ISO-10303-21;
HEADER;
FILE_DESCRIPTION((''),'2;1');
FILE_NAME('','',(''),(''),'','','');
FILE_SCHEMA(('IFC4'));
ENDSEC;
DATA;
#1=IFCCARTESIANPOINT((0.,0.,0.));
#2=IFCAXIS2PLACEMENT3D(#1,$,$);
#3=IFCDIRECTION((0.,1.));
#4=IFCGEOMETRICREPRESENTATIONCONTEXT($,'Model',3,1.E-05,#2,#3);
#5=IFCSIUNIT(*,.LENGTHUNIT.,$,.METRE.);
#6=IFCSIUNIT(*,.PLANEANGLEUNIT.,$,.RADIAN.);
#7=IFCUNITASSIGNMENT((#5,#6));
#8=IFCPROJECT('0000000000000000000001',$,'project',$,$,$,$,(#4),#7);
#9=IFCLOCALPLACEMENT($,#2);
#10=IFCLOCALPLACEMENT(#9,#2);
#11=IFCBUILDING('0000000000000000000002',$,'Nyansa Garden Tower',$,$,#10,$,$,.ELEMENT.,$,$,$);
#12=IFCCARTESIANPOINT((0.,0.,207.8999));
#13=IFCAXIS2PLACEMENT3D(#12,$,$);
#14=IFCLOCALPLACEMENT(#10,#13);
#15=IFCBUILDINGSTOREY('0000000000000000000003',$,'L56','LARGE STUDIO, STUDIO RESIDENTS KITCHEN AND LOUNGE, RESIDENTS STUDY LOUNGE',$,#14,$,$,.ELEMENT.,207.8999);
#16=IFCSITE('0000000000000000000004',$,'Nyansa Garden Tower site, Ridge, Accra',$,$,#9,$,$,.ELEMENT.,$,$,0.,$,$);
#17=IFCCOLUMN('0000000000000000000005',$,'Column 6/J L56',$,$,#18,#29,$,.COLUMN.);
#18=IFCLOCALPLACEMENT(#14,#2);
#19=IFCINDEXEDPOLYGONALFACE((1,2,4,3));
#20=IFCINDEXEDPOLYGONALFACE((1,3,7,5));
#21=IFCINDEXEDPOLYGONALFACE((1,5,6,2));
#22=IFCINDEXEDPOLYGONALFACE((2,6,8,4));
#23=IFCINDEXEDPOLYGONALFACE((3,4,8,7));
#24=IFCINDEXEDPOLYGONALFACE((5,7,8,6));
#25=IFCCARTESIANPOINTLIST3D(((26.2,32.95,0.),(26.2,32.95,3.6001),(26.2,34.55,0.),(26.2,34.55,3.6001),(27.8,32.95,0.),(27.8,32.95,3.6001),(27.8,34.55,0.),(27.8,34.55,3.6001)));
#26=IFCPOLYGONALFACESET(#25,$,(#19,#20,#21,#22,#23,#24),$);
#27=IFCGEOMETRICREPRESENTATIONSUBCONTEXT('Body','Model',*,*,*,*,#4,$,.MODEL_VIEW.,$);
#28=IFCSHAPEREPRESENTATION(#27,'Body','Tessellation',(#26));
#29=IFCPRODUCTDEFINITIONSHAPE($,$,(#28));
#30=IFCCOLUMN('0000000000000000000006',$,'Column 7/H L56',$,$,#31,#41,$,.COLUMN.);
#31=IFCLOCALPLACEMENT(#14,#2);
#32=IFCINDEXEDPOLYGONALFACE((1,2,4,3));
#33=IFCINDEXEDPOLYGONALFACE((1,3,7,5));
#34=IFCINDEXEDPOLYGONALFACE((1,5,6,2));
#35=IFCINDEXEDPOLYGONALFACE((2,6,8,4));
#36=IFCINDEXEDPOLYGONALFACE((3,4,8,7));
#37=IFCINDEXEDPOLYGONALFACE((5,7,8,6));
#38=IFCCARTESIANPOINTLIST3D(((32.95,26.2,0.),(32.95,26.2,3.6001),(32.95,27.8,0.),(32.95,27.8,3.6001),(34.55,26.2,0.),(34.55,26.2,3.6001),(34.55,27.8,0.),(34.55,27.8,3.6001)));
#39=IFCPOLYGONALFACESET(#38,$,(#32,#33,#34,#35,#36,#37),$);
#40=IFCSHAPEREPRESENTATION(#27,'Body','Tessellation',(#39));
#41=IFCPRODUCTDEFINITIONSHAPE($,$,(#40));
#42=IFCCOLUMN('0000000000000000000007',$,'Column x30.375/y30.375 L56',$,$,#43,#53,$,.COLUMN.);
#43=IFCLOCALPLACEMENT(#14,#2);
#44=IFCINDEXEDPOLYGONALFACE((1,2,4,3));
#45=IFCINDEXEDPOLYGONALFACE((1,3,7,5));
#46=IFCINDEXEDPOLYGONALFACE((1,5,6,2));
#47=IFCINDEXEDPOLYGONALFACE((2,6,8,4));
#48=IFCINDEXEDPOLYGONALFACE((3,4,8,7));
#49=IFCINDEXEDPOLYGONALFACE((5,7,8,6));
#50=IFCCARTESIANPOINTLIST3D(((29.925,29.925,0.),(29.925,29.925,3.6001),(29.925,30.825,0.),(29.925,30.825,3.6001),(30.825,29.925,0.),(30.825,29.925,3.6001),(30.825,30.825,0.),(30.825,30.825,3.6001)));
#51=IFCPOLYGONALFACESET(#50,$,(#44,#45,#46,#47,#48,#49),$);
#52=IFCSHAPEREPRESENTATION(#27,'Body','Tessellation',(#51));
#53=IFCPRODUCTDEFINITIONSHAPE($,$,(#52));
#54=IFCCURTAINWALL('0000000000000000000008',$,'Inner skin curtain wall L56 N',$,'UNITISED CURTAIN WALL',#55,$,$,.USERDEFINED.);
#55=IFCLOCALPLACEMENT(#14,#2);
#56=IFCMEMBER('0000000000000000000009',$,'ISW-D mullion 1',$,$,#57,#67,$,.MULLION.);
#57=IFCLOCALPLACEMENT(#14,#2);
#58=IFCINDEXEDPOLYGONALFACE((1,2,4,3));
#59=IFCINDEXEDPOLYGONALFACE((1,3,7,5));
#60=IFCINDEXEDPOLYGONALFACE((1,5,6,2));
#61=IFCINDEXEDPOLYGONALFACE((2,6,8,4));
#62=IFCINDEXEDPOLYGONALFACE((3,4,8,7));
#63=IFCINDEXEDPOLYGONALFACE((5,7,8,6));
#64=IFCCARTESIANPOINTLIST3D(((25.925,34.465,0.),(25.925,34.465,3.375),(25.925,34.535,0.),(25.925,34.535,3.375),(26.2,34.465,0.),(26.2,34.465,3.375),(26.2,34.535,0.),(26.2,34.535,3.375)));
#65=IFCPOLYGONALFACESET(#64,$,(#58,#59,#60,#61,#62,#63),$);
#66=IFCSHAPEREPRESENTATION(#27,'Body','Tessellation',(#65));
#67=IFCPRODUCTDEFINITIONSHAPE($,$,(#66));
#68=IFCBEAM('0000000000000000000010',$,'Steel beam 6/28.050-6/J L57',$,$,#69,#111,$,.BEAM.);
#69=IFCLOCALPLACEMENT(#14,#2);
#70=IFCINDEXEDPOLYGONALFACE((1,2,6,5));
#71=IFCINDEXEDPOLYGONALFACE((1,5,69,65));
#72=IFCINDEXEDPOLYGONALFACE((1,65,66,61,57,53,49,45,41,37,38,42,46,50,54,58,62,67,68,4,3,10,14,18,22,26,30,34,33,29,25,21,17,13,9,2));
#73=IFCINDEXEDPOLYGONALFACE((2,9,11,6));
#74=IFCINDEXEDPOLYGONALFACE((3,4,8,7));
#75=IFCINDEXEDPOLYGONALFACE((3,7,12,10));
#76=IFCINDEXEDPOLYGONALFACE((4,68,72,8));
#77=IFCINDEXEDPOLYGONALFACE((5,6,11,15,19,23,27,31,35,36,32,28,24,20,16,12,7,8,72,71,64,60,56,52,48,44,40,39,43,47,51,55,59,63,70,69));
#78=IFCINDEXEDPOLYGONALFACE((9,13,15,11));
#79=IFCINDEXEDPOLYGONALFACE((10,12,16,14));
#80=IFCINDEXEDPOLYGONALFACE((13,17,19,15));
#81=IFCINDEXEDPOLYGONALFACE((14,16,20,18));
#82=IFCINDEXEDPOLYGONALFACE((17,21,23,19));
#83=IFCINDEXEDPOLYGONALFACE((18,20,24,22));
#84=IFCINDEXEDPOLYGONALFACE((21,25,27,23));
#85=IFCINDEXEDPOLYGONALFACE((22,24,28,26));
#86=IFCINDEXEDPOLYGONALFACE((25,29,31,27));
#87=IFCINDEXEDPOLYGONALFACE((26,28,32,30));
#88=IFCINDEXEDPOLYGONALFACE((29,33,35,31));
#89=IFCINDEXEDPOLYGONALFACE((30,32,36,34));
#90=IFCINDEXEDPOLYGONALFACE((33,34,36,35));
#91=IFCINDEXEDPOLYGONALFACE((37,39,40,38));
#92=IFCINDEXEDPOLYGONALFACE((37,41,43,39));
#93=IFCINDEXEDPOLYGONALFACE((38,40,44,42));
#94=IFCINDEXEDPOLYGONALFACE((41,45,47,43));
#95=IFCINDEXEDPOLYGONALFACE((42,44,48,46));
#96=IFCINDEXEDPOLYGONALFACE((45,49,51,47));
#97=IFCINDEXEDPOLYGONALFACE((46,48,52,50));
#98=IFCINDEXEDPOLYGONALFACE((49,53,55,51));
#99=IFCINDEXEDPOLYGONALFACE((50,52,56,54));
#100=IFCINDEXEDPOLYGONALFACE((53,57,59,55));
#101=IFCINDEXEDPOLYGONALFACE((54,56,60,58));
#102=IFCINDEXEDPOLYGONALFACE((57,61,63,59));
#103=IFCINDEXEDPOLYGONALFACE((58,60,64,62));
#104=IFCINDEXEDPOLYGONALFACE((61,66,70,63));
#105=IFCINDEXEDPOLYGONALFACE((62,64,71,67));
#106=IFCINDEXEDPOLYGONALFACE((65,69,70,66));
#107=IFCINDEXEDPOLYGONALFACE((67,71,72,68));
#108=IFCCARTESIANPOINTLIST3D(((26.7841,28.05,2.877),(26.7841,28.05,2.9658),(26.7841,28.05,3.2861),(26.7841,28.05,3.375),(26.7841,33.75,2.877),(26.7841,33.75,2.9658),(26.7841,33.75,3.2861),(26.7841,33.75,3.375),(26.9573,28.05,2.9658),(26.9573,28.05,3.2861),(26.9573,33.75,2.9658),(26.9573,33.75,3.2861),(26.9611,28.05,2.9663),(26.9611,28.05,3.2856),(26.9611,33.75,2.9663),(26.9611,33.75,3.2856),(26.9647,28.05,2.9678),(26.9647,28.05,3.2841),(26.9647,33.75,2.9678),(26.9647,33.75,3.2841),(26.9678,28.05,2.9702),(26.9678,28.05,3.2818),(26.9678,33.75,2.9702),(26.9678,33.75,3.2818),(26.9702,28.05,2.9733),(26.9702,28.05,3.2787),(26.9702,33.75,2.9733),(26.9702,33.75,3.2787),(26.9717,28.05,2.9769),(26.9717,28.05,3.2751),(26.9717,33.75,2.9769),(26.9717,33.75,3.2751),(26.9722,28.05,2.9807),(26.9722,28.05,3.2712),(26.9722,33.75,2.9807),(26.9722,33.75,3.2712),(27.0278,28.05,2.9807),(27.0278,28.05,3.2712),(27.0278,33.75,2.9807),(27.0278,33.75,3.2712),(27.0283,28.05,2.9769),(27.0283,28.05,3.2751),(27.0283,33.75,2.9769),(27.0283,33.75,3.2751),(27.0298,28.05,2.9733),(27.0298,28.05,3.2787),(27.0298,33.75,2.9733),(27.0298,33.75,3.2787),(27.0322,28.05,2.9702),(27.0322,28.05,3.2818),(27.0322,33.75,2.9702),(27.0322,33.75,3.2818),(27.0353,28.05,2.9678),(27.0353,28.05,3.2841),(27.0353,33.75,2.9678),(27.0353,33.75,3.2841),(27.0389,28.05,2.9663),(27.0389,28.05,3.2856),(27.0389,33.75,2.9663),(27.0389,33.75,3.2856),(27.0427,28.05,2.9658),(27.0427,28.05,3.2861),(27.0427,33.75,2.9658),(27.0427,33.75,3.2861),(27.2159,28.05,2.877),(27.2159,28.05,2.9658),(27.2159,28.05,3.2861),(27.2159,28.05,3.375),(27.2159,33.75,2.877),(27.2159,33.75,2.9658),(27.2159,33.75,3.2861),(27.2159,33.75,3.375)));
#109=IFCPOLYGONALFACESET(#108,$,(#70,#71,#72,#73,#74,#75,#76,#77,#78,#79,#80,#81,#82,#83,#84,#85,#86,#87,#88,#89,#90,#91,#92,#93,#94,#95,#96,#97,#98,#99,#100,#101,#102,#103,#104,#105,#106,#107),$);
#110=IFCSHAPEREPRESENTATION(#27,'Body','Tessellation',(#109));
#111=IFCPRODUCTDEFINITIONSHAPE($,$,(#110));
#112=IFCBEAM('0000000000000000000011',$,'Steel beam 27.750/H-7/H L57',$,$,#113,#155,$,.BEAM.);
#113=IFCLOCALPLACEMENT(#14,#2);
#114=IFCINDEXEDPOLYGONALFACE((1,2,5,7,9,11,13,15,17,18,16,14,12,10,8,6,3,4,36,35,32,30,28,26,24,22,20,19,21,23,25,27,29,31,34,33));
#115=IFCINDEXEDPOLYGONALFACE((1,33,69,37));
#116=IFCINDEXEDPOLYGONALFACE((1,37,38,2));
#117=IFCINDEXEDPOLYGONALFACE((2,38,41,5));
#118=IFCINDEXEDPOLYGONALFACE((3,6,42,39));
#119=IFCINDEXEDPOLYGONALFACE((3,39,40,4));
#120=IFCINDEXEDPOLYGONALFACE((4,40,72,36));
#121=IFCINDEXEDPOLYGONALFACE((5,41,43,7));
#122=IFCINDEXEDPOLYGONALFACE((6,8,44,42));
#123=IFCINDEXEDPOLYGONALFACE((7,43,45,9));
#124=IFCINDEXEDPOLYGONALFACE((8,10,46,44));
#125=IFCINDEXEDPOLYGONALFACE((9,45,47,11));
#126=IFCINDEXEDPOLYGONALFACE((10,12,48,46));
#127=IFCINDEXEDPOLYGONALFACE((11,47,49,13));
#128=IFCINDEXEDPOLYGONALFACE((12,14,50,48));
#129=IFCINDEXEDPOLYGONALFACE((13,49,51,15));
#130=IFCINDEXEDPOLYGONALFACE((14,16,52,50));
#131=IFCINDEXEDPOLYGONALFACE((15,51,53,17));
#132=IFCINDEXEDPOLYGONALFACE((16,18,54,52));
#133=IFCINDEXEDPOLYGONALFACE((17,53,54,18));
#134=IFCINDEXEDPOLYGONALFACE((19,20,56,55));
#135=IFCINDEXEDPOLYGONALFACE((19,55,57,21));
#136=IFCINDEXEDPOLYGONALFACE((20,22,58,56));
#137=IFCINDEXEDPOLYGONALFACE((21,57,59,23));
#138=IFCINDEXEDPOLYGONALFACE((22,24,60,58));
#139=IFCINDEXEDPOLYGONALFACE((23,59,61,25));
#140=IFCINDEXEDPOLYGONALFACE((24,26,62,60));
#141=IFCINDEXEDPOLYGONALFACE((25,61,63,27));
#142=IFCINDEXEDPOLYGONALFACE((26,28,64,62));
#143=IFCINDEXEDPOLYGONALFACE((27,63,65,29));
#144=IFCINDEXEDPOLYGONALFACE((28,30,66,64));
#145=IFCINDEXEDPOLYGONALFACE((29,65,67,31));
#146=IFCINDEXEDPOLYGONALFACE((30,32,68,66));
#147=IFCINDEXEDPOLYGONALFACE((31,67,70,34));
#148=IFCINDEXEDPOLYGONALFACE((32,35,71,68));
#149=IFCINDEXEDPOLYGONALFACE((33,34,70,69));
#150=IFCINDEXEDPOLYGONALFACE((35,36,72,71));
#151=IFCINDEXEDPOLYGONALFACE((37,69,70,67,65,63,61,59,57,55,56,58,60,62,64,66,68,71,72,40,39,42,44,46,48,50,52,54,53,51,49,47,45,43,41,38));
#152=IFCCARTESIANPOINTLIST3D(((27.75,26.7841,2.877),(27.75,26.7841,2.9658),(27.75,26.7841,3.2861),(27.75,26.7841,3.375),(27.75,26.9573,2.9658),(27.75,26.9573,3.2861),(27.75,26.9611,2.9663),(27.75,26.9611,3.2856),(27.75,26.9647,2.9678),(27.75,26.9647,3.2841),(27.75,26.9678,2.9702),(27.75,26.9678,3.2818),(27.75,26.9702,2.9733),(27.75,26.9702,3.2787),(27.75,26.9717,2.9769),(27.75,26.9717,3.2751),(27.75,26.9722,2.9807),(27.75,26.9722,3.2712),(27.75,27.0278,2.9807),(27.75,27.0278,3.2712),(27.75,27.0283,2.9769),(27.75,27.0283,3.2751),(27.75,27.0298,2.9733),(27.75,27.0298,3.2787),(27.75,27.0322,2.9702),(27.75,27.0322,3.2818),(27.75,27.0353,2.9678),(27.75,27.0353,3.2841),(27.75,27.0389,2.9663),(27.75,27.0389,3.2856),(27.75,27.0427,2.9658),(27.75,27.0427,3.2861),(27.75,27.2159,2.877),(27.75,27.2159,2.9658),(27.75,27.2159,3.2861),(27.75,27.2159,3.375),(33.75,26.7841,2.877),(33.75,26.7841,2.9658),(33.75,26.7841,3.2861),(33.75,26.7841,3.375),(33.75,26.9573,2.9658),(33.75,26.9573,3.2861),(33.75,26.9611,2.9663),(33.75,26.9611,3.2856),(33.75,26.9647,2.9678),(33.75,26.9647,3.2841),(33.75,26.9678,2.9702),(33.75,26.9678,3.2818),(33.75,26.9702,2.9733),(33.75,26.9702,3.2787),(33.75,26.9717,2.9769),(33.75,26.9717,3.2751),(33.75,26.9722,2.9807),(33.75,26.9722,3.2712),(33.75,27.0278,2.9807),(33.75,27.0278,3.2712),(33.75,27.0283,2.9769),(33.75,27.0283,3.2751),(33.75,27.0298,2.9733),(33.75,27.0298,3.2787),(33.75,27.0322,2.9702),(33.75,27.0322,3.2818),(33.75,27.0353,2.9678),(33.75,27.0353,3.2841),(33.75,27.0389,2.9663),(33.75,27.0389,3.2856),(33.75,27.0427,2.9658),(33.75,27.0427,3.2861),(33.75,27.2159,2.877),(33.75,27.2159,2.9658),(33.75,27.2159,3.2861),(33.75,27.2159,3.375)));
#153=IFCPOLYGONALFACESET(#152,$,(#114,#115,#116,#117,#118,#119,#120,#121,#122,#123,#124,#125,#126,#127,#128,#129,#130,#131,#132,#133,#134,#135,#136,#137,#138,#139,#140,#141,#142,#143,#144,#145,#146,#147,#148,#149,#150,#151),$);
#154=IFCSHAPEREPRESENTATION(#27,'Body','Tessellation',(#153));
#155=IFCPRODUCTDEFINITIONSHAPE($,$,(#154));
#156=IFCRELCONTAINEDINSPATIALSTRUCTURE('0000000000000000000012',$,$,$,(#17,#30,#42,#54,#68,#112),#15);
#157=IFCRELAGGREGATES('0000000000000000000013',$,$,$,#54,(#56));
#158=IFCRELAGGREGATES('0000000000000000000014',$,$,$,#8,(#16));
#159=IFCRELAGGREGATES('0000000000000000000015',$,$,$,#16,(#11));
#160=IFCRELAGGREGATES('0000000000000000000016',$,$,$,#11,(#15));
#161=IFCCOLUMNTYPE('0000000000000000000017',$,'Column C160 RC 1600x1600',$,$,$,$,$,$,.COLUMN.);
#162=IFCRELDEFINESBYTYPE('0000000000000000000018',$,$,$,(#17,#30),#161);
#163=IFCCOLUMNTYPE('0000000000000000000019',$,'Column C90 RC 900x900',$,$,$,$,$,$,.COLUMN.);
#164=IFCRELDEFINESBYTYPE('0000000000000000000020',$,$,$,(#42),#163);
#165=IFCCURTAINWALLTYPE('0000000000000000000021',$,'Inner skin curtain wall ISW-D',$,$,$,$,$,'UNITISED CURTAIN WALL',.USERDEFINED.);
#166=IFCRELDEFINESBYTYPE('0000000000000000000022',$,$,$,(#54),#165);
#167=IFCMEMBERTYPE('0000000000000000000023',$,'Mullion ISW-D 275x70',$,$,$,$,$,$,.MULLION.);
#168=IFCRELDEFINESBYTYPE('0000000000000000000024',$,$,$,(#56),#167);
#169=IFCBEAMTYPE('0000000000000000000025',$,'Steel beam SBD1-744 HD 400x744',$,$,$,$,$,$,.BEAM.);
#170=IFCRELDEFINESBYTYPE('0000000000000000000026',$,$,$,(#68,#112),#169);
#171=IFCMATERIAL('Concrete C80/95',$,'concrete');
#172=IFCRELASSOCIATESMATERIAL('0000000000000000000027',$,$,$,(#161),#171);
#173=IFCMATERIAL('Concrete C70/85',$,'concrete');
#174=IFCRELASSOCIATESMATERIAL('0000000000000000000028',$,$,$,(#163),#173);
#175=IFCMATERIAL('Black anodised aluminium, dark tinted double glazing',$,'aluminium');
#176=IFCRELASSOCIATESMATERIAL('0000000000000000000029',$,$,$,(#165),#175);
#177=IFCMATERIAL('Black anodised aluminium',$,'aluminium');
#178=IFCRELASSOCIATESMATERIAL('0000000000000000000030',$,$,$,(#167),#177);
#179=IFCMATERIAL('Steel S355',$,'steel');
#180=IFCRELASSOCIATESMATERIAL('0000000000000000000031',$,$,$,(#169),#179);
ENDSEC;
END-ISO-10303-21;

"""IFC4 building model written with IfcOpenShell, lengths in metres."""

from ifc_helpers import new_model, si_unit, direction, frame, origin, origin_2d, place, context, subcontext, project, spatial, rectangle, i_section, extrude, material, material_profile, profile_set, type_object, element, aggregate, save


model = new_model("IFC4")

# Units and contexts
model_context = context("Model", 3, precision=1e-05, world=origin(), true_north=direction((0.0, 1.0)))
body_context = subcontext(model_context, "Body", "Model", "MODEL_VIEW")
ifc_project = project(units=[si_unit("LENGTHUNIT", "METRE"), si_unit("PLANEANGLEUNIT", "RADIAN")], contexts=[model_context])

# Site, building, storey
site_placement = place(None, origin())
site = spatial("IfcSite", under=ifc_project, at=site_placement, Name="Nyansa Garden Tower site, Ridge, Accra", CompositionType="ELEMENT", RefElevation=0.0)
building_placement = place(site_placement, origin())
building = spatial("IfcBuilding", under=site, at=building_placement, Name="Nyansa Garden Tower", CompositionType="ELEMENT")
storey_placement = place(building_placement, frame((0.0, 0.0, 207.8999)))
storey = spatial("IfcBuildingStorey", under=building, at=storey_placement, Name="L56", Description="LARGE STUDIO, STUDIO RESIDENTS KITCHEN AND LOUNGE, RESIDENTS STUDY LOUNGE", CompositionType="ELEMENT", Elevation=207.8999)

# Columns
ifc_material_1 = material(Name="Concrete C80/95", Category="concrete")
ifc_material_profile_1 = material_profile(ifc_material_1, rectangle(XDim=1.6001, YDim=1.6001, at=origin_2d()), Name="RC 1600x1600")
ifc_profile_set_1 = profile_set([ifc_material_profile_1], Name="Concrete C80/95")
column_type_1 = type_object("IfcColumnType", Name="Column C160 RC 1600x1600", PredefinedType="COLUMN", material=ifc_profile_set_1)
for number, where, z_axis, x_axis, name in (
    (1, (27.0, 33.75, 0.0), (0.0, 0.0, 1.0), (1.0, 0.0, 0.0), "Column 6/J L56"),
    (2, (33.75, 27.0, 0.0), (0.0, 0.0, 1.0), (1.0, 0.0, 0.0), "Column 7/H L56"),
):
    element("IfcColumn", number, at=place(storey_placement, frame(where, z_axis=z_axis, x_axis=x_axis)), inside=storey, type_object=column_type_1, Name=name, PredefinedType="COLUMN", context=body_context, shape_type="SweptSolid", body=[
        extrude(rectangle(XDim=1.6001, YDim=1.6001, at=origin_2d()), origin(), (0.0, 0.0, 1.0), 3.6001),
    ])
ifc_material_2 = material(Name="Concrete C70/85", Category="concrete")
ifc_material_profile_2 = material_profile(ifc_material_2, rectangle(XDim=0.8999, YDim=0.8999, at=origin_2d()), Name="RC 900x900")
ifc_profile_set_2 = profile_set([ifc_material_profile_2], Name="Concrete C70/85")
column_type_2 = type_object("IfcColumnType", Name="Column C90 RC 900x900", PredefinedType="COLUMN", material=ifc_profile_set_2)
column_placement = place(storey_placement, frame((30.375, 30.375, 0.0), z_axis=(0.0, 0.0, 1.0), x_axis=(1.0, 0.0, 0.0)))
element("IfcColumn", 3, at=column_placement, inside=storey, type_object=column_type_2, Name="Column x30.375/y30.375 L56", PredefinedType="COLUMN", context=body_context, shape_type="SweptSolid", body=[
    extrude(rectangle(XDim=0.8999, YDim=0.8999, at=origin_2d()), origin(), (0.0, 0.0, 1.0), 3.6001),
])

# Curtain wall, member
ifc_material_3 = material(Name="Black anodised aluminium, dark tinted double glazing", Category="aluminium")
curtain_wall_type = type_object("IfcCurtainWallType", Name="Inner skin curtain wall ISW-D", ElementType="UNITISED CURTAIN WALL", PredefinedType="USERDEFINED", material=ifc_material_3)
curtain_wall_placement = place(storey_placement, origin())
curtain_wall = element("IfcCurtainWall", 4, at=curtain_wall_placement, inside=storey, type_object=curtain_wall_type, Name="Inner skin curtain wall L56 N", ObjectType="UNITISED CURTAIN WALL", PredefinedType="USERDEFINED")
ifc_material_4 = material(Name="Black anodised aluminium", Category="aluminium")
ifc_material_profile_3 = material_profile(ifc_material_4, rectangle(XDim=0.0701, YDim=0.2749, at=origin_2d()), Name="Mullion 275x70")
ifc_profile_set_3 = profile_set([ifc_material_profile_3], Name="Black anodised aluminium")
member_type_1 = type_object("IfcMemberType", Name="Mullion ISW-D 275x70", PredefinedType="MULLION", material=ifc_profile_set_3)
member_1_placement = place(storey_placement, frame((26.0625, 34.5, 0.0), z_axis=(0.0, 0.0, 1.0), x_axis=(0.0, -1.0, 0.0)))
member_1 = element("IfcMember", 5, at=member_1_placement, type_object=member_type_1, Name="ISW-D mullion 1", PredefinedType="MULLION", context=body_context, shape_type="SweptSolid", body=[
    extrude(rectangle(XDim=0.0701, YDim=0.2749, at=origin_2d()), origin(), (0.0, 0.0, 1.0), 3.375),
])

# Beams
ifc_material_5 = material(Name="Steel S355", Category="steel")
ifc_material_profile_4 = material_profile(ifc_material_5, i_section(OverallWidth=0.4319, OverallDepth=0.498, WebThickness=0.0557, FlangeThickness=0.0889, FilletRadius=0.0149, at=origin_2d()), Name="HD 400x744")
ifc_profile_set_4 = profile_set([ifc_material_profile_4], Name="Steel S355")
beam_type_1 = type_object("IfcBeamType", Name="Steel beam SBD1-744 HD 400x744", PredefinedType="BEAM", material=ifc_profile_set_4)
beam_1_placement = place(storey_placement, frame((27.0, 28.05, 3.126), z_axis=(0.0, 1.0, 0.0), x_axis=(-1.0, 0.0, 0.0)))
element("IfcBeam", 6, at=beam_1_placement, inside=storey, type_object=beam_type_1, Name="Steel beam 6/28.050-6/J L57", PredefinedType="BEAM", context=body_context, shape_type="SweptSolid", body=[
    extrude(i_section(OverallWidth=0.4319, OverallDepth=0.498, WebThickness=0.0557, FlangeThickness=0.0889, FilletRadius=0.0149, at=origin_2d()), origin(), (0.0, 0.0, 1.0), 5.7),
])
beam_2_placement = place(storey_placement, frame((27.75, 27.0, 3.126), z_axis=(1.0, 0.0, 0.0), x_axis=(0.0, 1.0, 0.0)))
element("IfcBeam", 7, at=beam_2_placement, inside=storey, type_object=beam_type_1, Name="Steel beam 27.750/H-7/H L57", PredefinedType="BEAM", context=body_context, shape_type="SweptSolid", body=[
    extrude(i_section(OverallWidth=0.4319, OverallDepth=0.498, WebThickness=0.0557, FlangeThickness=0.0889, FilletRadius=0.0149, at=origin_2d()), origin(), (0.0, 0.0, 1.0), 6.0),
])

aggregate(curtain_wall, [member_1])

save(model, "model.ifc")
